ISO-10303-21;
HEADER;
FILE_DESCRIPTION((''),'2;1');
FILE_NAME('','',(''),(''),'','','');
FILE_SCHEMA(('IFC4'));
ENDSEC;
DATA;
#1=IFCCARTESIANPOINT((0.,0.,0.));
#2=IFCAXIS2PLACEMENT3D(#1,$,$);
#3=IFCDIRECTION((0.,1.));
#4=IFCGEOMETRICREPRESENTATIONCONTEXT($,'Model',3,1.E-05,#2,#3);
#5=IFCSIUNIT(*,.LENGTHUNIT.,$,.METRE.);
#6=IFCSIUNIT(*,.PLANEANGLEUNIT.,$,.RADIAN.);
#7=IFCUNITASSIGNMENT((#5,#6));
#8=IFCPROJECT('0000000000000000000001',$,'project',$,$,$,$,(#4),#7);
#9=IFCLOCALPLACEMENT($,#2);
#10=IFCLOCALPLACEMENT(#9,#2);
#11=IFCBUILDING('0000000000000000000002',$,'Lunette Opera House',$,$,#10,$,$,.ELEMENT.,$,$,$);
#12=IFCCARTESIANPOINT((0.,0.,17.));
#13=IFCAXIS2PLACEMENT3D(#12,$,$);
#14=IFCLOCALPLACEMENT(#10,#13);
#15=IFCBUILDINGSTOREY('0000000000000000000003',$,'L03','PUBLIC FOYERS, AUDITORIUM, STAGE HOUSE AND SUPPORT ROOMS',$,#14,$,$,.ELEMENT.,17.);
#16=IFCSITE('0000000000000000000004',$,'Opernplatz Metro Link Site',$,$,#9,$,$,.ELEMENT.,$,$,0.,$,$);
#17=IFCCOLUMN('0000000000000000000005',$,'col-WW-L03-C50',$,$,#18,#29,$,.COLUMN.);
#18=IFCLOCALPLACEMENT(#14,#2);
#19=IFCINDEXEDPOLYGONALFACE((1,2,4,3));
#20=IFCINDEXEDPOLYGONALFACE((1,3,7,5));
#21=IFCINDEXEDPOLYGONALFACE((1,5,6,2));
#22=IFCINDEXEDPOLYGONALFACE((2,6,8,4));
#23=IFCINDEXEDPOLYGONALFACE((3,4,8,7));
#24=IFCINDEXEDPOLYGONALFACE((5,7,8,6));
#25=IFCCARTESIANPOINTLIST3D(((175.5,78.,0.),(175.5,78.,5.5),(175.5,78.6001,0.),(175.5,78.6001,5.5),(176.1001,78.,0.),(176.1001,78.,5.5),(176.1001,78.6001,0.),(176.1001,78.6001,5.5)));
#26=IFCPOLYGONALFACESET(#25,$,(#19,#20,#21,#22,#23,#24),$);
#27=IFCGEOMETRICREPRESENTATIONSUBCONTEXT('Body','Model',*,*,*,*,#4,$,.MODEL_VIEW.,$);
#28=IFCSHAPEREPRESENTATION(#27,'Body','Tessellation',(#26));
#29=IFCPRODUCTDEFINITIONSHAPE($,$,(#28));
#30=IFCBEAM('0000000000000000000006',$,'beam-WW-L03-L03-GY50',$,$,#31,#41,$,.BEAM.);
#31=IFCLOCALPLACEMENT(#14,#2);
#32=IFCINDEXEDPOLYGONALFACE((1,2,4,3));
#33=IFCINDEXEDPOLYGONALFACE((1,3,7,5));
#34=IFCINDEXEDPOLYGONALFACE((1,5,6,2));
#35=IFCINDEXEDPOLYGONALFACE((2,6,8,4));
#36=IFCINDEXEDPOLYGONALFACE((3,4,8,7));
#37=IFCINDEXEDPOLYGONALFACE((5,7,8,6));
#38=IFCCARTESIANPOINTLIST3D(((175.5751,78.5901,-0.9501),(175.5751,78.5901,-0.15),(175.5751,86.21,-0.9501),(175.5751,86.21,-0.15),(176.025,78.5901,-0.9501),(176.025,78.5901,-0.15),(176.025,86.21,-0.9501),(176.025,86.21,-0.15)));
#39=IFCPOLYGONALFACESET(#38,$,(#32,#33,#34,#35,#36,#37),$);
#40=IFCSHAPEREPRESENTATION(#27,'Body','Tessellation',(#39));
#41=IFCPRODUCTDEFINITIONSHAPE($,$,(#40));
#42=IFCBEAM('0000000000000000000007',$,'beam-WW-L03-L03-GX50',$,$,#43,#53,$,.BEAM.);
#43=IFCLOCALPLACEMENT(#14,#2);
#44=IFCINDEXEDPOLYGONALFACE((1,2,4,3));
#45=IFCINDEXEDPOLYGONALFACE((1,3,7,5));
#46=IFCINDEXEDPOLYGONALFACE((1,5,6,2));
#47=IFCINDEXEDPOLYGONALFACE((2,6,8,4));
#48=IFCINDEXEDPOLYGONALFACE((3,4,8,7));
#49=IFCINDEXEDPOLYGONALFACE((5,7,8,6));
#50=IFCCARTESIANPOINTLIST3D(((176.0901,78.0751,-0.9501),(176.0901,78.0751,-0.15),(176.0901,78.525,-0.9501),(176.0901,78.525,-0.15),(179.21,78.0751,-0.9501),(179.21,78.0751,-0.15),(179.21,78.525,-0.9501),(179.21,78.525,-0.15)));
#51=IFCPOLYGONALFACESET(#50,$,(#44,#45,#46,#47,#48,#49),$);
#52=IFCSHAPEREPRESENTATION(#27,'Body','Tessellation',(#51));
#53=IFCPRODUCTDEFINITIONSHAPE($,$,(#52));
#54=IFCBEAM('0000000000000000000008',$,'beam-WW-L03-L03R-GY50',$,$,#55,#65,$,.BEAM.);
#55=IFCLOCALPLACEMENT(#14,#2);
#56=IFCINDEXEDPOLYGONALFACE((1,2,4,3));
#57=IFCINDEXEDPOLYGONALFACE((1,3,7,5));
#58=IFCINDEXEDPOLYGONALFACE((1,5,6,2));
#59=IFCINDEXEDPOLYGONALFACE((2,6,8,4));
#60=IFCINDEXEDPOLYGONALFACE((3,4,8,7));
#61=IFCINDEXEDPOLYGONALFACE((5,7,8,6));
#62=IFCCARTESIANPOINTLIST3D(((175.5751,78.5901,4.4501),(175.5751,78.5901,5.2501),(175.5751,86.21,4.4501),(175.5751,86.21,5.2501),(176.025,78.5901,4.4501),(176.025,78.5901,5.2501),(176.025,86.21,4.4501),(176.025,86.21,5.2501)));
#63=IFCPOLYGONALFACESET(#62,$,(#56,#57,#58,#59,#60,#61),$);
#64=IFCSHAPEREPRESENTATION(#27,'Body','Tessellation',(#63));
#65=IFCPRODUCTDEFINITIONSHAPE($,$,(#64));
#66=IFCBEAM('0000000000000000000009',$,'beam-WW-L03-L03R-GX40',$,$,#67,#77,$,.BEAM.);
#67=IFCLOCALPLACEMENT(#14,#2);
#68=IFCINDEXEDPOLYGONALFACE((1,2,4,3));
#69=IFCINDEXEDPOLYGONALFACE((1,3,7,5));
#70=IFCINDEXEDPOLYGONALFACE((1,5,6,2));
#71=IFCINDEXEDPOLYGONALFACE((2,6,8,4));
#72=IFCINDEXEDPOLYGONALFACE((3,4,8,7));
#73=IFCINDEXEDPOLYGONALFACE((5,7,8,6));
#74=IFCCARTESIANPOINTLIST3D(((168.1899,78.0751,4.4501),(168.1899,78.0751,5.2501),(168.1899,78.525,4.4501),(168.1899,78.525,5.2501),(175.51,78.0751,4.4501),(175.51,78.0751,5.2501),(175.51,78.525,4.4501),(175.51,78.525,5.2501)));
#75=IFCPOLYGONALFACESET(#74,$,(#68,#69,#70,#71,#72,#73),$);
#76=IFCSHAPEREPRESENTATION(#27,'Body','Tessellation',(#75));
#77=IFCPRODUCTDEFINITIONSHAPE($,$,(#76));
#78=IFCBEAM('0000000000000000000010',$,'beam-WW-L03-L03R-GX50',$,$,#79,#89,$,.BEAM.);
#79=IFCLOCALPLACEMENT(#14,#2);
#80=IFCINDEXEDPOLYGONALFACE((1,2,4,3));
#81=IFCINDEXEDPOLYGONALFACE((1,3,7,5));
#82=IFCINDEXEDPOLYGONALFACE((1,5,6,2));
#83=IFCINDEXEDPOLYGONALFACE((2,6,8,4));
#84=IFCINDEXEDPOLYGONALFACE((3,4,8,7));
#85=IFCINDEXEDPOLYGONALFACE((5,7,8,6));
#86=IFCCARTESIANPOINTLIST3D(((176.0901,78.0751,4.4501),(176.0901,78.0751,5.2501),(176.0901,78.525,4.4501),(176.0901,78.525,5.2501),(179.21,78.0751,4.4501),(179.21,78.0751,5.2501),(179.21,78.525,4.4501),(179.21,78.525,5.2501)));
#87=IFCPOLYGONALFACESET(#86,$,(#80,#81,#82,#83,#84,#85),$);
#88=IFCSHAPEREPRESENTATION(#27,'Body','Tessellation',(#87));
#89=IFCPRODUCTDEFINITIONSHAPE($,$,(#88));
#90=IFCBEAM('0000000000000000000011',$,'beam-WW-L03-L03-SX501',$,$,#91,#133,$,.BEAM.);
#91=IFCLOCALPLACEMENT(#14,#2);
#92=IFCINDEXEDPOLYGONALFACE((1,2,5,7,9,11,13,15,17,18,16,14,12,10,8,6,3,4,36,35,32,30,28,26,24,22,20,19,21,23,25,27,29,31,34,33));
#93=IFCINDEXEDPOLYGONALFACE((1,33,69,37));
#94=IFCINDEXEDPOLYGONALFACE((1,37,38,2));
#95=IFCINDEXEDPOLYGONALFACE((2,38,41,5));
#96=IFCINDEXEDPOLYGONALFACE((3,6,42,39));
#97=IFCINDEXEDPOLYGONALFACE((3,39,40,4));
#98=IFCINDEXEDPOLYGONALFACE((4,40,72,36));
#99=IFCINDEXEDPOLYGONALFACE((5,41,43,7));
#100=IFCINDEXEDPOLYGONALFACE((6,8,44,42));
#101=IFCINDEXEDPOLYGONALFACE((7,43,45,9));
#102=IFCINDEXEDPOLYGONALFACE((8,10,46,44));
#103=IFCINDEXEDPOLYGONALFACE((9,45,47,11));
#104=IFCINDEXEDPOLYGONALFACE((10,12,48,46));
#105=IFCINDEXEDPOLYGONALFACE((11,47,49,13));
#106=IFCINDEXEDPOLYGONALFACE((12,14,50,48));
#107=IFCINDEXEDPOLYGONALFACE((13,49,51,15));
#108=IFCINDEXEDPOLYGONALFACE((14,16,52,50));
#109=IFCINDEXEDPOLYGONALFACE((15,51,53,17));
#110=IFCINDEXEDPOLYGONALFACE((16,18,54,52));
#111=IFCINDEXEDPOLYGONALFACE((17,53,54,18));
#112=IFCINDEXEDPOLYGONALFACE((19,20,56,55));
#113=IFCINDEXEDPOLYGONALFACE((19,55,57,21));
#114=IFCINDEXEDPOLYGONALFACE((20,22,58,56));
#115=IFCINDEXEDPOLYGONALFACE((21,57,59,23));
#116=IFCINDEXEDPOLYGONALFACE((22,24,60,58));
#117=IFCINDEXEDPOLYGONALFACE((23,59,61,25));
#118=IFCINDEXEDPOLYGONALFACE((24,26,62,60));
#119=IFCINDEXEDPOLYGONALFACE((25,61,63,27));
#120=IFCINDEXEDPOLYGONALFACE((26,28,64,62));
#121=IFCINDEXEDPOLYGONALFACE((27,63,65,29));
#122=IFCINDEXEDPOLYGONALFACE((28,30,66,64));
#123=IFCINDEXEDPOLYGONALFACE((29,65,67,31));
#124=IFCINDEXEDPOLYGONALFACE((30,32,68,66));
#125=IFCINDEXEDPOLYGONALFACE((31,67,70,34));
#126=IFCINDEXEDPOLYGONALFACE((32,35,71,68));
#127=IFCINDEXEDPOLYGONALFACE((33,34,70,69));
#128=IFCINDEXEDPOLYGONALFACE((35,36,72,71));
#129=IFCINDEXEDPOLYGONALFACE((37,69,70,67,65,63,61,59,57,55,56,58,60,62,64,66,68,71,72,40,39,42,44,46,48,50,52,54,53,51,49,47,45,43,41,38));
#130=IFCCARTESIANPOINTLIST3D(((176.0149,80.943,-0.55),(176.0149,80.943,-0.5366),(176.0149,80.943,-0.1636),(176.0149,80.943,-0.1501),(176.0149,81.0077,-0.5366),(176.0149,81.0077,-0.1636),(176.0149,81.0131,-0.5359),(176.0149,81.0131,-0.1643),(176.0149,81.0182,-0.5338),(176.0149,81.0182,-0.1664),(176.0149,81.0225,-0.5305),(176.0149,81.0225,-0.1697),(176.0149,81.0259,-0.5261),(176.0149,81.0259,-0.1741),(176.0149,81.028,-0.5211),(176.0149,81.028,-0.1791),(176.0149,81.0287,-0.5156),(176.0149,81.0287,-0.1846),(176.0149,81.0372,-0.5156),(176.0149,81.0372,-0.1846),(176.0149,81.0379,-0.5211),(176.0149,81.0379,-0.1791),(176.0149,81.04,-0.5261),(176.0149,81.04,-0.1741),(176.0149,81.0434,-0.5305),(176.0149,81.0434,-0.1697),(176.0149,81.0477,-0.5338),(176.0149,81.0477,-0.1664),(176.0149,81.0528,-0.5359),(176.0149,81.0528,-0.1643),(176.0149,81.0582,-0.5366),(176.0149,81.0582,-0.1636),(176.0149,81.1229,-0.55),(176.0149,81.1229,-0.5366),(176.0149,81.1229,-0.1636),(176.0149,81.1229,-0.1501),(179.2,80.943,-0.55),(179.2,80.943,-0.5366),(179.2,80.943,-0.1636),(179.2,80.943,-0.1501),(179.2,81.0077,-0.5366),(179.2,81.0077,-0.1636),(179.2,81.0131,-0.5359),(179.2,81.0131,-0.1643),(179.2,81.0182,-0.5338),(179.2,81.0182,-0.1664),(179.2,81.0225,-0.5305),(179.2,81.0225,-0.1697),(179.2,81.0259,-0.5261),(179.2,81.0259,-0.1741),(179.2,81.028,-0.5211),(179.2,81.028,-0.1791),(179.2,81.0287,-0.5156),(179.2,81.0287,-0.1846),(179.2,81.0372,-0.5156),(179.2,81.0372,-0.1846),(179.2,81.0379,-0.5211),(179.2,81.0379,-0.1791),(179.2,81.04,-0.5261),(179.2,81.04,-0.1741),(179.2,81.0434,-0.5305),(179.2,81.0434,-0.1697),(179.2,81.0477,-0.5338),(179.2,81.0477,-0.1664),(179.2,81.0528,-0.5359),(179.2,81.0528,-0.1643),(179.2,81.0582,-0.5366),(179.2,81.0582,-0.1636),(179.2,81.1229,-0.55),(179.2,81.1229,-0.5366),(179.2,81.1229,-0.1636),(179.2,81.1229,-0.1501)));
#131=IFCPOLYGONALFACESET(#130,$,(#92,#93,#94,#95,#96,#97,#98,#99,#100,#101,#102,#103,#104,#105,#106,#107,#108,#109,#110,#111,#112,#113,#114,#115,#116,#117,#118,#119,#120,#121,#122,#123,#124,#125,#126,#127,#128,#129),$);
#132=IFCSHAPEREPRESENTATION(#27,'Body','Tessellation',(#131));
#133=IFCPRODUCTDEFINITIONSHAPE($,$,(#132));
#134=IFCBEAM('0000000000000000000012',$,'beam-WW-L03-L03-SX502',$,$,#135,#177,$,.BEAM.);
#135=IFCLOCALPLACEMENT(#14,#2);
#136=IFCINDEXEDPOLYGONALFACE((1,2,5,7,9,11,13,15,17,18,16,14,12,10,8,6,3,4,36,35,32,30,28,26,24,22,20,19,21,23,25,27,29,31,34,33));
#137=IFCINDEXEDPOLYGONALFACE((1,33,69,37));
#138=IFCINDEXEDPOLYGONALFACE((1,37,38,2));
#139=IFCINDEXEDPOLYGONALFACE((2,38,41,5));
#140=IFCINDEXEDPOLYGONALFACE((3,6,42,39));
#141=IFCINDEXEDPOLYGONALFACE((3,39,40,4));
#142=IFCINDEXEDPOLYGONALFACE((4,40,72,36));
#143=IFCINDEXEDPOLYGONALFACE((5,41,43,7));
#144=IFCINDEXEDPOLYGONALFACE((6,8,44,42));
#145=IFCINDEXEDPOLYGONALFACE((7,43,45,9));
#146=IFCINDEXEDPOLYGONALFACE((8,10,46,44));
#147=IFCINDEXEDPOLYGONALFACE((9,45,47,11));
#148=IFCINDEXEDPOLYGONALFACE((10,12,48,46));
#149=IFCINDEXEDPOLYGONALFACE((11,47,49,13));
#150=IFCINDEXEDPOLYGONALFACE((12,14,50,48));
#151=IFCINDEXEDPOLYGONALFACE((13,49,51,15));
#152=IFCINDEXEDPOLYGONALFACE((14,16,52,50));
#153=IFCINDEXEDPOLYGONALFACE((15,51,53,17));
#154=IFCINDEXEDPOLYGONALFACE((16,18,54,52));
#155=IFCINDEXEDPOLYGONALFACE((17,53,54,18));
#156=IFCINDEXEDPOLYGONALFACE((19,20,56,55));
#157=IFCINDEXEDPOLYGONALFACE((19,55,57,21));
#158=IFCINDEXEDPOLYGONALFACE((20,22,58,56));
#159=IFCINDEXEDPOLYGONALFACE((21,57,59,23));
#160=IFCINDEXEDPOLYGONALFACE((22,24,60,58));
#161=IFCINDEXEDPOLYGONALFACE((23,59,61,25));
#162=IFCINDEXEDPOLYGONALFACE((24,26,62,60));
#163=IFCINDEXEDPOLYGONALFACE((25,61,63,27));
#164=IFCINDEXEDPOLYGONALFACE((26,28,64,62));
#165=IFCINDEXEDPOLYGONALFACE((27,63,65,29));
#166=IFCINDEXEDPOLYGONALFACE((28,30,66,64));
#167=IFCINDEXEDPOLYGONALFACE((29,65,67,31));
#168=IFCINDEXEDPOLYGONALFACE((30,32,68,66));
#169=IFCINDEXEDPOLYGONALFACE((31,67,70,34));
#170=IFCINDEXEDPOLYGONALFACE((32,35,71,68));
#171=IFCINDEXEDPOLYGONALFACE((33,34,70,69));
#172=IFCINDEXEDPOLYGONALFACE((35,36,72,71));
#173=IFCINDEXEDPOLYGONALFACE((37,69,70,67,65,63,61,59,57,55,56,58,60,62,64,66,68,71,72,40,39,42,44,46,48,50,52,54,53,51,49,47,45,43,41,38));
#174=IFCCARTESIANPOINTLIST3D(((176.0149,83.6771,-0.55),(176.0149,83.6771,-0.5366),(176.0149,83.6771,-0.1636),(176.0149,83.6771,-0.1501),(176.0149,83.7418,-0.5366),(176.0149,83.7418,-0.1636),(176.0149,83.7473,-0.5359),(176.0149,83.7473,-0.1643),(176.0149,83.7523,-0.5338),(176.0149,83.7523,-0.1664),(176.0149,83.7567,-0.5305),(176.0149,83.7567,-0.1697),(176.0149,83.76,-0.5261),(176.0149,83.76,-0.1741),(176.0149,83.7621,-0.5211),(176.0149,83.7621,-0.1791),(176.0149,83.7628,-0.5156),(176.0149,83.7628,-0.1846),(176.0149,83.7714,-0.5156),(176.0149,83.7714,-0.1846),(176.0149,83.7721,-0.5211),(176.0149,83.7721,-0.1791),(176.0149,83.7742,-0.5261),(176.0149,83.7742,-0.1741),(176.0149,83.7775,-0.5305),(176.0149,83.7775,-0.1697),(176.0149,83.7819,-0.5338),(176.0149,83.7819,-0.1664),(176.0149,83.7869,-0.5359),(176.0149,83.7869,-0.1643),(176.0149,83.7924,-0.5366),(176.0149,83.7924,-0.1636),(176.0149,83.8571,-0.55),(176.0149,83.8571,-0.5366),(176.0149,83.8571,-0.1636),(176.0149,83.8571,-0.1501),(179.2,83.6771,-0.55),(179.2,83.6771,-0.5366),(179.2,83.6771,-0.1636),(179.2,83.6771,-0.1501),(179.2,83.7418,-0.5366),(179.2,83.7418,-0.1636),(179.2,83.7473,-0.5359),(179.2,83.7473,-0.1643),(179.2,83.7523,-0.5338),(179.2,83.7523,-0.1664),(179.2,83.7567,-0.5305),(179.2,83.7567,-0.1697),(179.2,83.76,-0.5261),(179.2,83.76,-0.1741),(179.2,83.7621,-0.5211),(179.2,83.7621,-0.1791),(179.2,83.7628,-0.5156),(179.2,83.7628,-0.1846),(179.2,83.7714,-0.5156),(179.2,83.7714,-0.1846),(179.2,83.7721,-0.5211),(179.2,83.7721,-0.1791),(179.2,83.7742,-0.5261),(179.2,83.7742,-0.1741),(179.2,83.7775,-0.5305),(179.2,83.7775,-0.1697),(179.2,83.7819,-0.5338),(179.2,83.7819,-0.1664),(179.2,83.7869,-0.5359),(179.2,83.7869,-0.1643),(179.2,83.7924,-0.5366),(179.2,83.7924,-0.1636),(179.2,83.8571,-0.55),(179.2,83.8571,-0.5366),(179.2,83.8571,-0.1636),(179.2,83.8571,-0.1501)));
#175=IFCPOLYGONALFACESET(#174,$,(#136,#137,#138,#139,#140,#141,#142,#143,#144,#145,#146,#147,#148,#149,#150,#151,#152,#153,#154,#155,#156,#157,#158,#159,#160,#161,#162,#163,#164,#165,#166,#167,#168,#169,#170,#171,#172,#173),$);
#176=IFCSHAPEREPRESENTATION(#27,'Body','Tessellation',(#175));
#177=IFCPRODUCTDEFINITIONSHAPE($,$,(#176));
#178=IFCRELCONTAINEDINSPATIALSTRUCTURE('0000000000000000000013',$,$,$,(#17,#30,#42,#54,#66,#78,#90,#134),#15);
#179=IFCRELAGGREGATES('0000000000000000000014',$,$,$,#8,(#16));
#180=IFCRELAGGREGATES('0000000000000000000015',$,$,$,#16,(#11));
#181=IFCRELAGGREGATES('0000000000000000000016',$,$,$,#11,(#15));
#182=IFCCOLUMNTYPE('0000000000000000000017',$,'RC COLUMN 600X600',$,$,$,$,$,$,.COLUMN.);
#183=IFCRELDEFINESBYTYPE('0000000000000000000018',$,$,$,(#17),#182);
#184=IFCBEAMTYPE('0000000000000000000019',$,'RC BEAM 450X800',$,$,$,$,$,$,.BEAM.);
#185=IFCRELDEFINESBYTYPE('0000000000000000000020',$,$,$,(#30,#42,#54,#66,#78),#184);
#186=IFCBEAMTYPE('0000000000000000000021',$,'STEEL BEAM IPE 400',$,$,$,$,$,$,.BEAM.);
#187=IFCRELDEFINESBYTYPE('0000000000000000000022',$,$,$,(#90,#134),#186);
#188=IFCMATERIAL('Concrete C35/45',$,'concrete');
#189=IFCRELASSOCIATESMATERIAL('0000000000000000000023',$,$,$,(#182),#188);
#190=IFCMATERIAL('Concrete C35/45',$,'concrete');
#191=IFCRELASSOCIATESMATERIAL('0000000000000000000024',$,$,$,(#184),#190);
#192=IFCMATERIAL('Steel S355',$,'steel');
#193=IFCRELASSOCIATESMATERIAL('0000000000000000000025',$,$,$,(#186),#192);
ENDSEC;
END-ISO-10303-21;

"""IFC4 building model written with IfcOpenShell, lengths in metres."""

from ifc_helpers import new_model, si_unit, direction, frame, origin, origin_2d, place, context, subcontext, project, spatial, rectangle, i_section, extrude, material, material_profile, profile_set, type_object, element, save


model = new_model("IFC4")

# Units and contexts
model_context = context("Model", 3, precision=1e-05, world=origin(), true_north=direction((0.0, 1.0)))
body_context = subcontext(model_context, "Body", "Model", "MODEL_VIEW")
ifc_project = project(units=[si_unit("LENGTHUNIT", "METRE"), si_unit("PLANEANGLEUNIT", "RADIAN")], contexts=[model_context])

# Site, building, storey
site_placement = place(None, origin())
site = spatial("IfcSite", under=ifc_project, at=site_placement, Name="Opernplatz Metro Link Site", CompositionType="ELEMENT", RefElevation=0.0)
building_placement = place(site_placement, origin())
building = spatial("IfcBuilding", under=site, at=building_placement, Name="Lunette Opera House", CompositionType="ELEMENT")
storey_placement = place(building_placement, frame((0.0, 0.0, 17.0)))
storey = spatial("IfcBuildingStorey", under=building, at=storey_placement, Name="L03", Description="PUBLIC FOYERS, AUDITORIUM, STAGE HOUSE AND SUPPORT ROOMS", CompositionType="ELEMENT", Elevation=17.0)

# Column
ifc_material_1 = material(Name="Concrete C35/45", Category="concrete")
ifc_material_profile_1 = material_profile(ifc_material_1, rectangle(XDim=0.6001, YDim=0.6001, at=origin_2d()), Name="RC COLUMN 600X600")
ifc_profile_set_1 = profile_set([ifc_material_profile_1], Name="Concrete C35/45")
column_type = type_object("IfcColumnType", Name="RC COLUMN 600X600", PredefinedType="COLUMN", material=ifc_profile_set_1)
column_placement = place(storey_placement, frame((175.8, 78.3, 0.0), z_axis=(0.0, 0.0, 1.0), x_axis=(1.0, 0.0, 0.0)))
element("IfcColumn", 1, at=column_placement, inside=storey, type_object=column_type, Name="col-WW-L03-C50", PredefinedType="COLUMN", context=body_context, shape_type="SweptSolid", body=[
    extrude(rectangle(XDim=0.6001, YDim=0.6001, at=origin_2d()), origin(), (0.0, 0.0, 1.0), 5.5),
])

# Beams
ifc_material_2 = material(Name="Concrete C35/45", Category="concrete")
ifc_material_profile_2 = material_profile(ifc_material_2, rectangle(XDim=0.45, YDim=0.8, at=origin_2d()), Name="RC BEAM 450X800")
ifc_profile_set_2 = profile_set([ifc_material_profile_2], Name="Concrete C35/45")
beam_type_1 = type_object("IfcBeamType", Name="RC BEAM 450X800", PredefinedType="BEAM", material=ifc_profile_set_2)
beam_1_placement = place(storey_placement, frame((175.8, 78.5901, -0.55), z_axis=(0.0, 1.0, 0.0), x_axis=(-1.0, 0.0, 0.0)))
element("IfcBeam", 2, at=beam_1_placement, inside=storey, type_object=beam_type_1, Name="beam-WW-L03-L03-GY50", PredefinedType="BEAM", context=body_context, shape_type="SweptSolid", body=[
    extrude(rectangle(XDim=0.45, YDim=0.8, at=origin_2d()), origin(), (0.0, 0.0, 1.0), 7.6199),
])
beam_2_placement = place(storey_placement, frame((176.0901, 78.3, -0.55), z_axis=(1.0, 0.0, 0.0), x_axis=(0.0, 1.0, 0.0)))
element("IfcBeam", 3, at=beam_2_placement, inside=storey, type_object=beam_type_1, Name="beam-WW-L03-L03-GX50", PredefinedType="BEAM", context=body_context, shape_type="SweptSolid", body=[
    extrude(rectangle(XDim=0.45, YDim=0.8, at=origin_2d()), origin(), (0.0, 0.0, 1.0), 3.1199),
])
beam_3_placement = place(storey_placement, frame((175.8, 78.5901, 4.8501), z_axis=(0.0, 1.0, 0.0), x_axis=(-1.0, 0.0, 0.0)))
element("IfcBeam", 4, at=beam_3_placement, inside=storey, type_object=beam_type_1, Name="beam-WW-L03-L03R-GY50", PredefinedType="BEAM", context=body_context, shape_type="SweptSolid", body=[
    extrude(rectangle(XDim=0.45, YDim=0.8, at=origin_2d()), origin(), (0.0, 0.0, 1.0), 7.6199),
])
beam_4_placement = place(storey_placement, frame((168.1899, 78.3, 4.8501), z_axis=(1.0, 0.0, 0.0), x_axis=(0.0, 1.0, 0.0)))
element("IfcBeam", 5, at=beam_4_placement, inside=storey, type_object=beam_type_1, Name="beam-WW-L03-L03R-GX40", PredefinedType="BEAM", context=body_context, shape_type="SweptSolid", body=[
    extrude(rectangle(XDim=0.45, YDim=0.8, at=origin_2d()), origin(), (0.0, 0.0, 1.0), 7.3201),
])
beam_5_placement = place(storey_placement, frame((176.0901, 78.3, 4.8501), z_axis=(1.0, 0.0, 0.0), x_axis=(0.0, 1.0, 0.0)))
element("IfcBeam", 6, at=beam_5_placement, inside=storey, type_object=beam_type_1, Name="beam-WW-L03-L03R-GX50", PredefinedType="BEAM", context=body_context, shape_type="SweptSolid", body=[
    extrude(rectangle(XDim=0.45, YDim=0.8, at=origin_2d()), origin(), (0.0, 0.0, 1.0), 3.1199),
])
ifc_material_3 = material(Name="Steel S355", Category="steel")
ifc_material_profile_3 = material_profile(ifc_material_3, i_section(OverallWidth=0.1799, OverallDepth=0.3999, WebThickness=0.0085, FlangeThickness=0.0134, FilletRadius=0.021, at=origin_2d()), Name="IPE 400")
ifc_profile_set_3 = profile_set([ifc_material_profile_3], Name="Steel S355")
beam_type_2 = type_object("IfcBeamType", Name="STEEL BEAM IPE 400", PredefinedType="BEAM", material=ifc_profile_set_3)
for number, where, z_axis, x_axis, name in (
    (7, (176.0149, 81.033, -0.3501), (1.0, 0.0, 0.0), (0.0, 1.0, 0.0), "beam-WW-L03-L03-SX501"),
    (8, (176.0149, 83.7671, -0.3501), (1.0, 0.0, 0.0), (0.0, 1.0, 0.0), "beam-WW-L03-L03-SX502"),
):
    element("IfcBeam", number, at=place(storey_placement, frame(where, z_axis=z_axis, x_axis=x_axis)), inside=storey, type_object=beam_type_2, Name=name, PredefinedType="BEAM", context=body_context, shape_type="SweptSolid", body=[
        extrude(i_section(OverallWidth=0.1799, OverallDepth=0.3999, WebThickness=0.0085, FlangeThickness=0.0134, FilletRadius=0.021, at=origin_2d()), origin(), (0.0, 0.0, 1.0), 3.1851),
    ])

save(model, "model.ifc")
